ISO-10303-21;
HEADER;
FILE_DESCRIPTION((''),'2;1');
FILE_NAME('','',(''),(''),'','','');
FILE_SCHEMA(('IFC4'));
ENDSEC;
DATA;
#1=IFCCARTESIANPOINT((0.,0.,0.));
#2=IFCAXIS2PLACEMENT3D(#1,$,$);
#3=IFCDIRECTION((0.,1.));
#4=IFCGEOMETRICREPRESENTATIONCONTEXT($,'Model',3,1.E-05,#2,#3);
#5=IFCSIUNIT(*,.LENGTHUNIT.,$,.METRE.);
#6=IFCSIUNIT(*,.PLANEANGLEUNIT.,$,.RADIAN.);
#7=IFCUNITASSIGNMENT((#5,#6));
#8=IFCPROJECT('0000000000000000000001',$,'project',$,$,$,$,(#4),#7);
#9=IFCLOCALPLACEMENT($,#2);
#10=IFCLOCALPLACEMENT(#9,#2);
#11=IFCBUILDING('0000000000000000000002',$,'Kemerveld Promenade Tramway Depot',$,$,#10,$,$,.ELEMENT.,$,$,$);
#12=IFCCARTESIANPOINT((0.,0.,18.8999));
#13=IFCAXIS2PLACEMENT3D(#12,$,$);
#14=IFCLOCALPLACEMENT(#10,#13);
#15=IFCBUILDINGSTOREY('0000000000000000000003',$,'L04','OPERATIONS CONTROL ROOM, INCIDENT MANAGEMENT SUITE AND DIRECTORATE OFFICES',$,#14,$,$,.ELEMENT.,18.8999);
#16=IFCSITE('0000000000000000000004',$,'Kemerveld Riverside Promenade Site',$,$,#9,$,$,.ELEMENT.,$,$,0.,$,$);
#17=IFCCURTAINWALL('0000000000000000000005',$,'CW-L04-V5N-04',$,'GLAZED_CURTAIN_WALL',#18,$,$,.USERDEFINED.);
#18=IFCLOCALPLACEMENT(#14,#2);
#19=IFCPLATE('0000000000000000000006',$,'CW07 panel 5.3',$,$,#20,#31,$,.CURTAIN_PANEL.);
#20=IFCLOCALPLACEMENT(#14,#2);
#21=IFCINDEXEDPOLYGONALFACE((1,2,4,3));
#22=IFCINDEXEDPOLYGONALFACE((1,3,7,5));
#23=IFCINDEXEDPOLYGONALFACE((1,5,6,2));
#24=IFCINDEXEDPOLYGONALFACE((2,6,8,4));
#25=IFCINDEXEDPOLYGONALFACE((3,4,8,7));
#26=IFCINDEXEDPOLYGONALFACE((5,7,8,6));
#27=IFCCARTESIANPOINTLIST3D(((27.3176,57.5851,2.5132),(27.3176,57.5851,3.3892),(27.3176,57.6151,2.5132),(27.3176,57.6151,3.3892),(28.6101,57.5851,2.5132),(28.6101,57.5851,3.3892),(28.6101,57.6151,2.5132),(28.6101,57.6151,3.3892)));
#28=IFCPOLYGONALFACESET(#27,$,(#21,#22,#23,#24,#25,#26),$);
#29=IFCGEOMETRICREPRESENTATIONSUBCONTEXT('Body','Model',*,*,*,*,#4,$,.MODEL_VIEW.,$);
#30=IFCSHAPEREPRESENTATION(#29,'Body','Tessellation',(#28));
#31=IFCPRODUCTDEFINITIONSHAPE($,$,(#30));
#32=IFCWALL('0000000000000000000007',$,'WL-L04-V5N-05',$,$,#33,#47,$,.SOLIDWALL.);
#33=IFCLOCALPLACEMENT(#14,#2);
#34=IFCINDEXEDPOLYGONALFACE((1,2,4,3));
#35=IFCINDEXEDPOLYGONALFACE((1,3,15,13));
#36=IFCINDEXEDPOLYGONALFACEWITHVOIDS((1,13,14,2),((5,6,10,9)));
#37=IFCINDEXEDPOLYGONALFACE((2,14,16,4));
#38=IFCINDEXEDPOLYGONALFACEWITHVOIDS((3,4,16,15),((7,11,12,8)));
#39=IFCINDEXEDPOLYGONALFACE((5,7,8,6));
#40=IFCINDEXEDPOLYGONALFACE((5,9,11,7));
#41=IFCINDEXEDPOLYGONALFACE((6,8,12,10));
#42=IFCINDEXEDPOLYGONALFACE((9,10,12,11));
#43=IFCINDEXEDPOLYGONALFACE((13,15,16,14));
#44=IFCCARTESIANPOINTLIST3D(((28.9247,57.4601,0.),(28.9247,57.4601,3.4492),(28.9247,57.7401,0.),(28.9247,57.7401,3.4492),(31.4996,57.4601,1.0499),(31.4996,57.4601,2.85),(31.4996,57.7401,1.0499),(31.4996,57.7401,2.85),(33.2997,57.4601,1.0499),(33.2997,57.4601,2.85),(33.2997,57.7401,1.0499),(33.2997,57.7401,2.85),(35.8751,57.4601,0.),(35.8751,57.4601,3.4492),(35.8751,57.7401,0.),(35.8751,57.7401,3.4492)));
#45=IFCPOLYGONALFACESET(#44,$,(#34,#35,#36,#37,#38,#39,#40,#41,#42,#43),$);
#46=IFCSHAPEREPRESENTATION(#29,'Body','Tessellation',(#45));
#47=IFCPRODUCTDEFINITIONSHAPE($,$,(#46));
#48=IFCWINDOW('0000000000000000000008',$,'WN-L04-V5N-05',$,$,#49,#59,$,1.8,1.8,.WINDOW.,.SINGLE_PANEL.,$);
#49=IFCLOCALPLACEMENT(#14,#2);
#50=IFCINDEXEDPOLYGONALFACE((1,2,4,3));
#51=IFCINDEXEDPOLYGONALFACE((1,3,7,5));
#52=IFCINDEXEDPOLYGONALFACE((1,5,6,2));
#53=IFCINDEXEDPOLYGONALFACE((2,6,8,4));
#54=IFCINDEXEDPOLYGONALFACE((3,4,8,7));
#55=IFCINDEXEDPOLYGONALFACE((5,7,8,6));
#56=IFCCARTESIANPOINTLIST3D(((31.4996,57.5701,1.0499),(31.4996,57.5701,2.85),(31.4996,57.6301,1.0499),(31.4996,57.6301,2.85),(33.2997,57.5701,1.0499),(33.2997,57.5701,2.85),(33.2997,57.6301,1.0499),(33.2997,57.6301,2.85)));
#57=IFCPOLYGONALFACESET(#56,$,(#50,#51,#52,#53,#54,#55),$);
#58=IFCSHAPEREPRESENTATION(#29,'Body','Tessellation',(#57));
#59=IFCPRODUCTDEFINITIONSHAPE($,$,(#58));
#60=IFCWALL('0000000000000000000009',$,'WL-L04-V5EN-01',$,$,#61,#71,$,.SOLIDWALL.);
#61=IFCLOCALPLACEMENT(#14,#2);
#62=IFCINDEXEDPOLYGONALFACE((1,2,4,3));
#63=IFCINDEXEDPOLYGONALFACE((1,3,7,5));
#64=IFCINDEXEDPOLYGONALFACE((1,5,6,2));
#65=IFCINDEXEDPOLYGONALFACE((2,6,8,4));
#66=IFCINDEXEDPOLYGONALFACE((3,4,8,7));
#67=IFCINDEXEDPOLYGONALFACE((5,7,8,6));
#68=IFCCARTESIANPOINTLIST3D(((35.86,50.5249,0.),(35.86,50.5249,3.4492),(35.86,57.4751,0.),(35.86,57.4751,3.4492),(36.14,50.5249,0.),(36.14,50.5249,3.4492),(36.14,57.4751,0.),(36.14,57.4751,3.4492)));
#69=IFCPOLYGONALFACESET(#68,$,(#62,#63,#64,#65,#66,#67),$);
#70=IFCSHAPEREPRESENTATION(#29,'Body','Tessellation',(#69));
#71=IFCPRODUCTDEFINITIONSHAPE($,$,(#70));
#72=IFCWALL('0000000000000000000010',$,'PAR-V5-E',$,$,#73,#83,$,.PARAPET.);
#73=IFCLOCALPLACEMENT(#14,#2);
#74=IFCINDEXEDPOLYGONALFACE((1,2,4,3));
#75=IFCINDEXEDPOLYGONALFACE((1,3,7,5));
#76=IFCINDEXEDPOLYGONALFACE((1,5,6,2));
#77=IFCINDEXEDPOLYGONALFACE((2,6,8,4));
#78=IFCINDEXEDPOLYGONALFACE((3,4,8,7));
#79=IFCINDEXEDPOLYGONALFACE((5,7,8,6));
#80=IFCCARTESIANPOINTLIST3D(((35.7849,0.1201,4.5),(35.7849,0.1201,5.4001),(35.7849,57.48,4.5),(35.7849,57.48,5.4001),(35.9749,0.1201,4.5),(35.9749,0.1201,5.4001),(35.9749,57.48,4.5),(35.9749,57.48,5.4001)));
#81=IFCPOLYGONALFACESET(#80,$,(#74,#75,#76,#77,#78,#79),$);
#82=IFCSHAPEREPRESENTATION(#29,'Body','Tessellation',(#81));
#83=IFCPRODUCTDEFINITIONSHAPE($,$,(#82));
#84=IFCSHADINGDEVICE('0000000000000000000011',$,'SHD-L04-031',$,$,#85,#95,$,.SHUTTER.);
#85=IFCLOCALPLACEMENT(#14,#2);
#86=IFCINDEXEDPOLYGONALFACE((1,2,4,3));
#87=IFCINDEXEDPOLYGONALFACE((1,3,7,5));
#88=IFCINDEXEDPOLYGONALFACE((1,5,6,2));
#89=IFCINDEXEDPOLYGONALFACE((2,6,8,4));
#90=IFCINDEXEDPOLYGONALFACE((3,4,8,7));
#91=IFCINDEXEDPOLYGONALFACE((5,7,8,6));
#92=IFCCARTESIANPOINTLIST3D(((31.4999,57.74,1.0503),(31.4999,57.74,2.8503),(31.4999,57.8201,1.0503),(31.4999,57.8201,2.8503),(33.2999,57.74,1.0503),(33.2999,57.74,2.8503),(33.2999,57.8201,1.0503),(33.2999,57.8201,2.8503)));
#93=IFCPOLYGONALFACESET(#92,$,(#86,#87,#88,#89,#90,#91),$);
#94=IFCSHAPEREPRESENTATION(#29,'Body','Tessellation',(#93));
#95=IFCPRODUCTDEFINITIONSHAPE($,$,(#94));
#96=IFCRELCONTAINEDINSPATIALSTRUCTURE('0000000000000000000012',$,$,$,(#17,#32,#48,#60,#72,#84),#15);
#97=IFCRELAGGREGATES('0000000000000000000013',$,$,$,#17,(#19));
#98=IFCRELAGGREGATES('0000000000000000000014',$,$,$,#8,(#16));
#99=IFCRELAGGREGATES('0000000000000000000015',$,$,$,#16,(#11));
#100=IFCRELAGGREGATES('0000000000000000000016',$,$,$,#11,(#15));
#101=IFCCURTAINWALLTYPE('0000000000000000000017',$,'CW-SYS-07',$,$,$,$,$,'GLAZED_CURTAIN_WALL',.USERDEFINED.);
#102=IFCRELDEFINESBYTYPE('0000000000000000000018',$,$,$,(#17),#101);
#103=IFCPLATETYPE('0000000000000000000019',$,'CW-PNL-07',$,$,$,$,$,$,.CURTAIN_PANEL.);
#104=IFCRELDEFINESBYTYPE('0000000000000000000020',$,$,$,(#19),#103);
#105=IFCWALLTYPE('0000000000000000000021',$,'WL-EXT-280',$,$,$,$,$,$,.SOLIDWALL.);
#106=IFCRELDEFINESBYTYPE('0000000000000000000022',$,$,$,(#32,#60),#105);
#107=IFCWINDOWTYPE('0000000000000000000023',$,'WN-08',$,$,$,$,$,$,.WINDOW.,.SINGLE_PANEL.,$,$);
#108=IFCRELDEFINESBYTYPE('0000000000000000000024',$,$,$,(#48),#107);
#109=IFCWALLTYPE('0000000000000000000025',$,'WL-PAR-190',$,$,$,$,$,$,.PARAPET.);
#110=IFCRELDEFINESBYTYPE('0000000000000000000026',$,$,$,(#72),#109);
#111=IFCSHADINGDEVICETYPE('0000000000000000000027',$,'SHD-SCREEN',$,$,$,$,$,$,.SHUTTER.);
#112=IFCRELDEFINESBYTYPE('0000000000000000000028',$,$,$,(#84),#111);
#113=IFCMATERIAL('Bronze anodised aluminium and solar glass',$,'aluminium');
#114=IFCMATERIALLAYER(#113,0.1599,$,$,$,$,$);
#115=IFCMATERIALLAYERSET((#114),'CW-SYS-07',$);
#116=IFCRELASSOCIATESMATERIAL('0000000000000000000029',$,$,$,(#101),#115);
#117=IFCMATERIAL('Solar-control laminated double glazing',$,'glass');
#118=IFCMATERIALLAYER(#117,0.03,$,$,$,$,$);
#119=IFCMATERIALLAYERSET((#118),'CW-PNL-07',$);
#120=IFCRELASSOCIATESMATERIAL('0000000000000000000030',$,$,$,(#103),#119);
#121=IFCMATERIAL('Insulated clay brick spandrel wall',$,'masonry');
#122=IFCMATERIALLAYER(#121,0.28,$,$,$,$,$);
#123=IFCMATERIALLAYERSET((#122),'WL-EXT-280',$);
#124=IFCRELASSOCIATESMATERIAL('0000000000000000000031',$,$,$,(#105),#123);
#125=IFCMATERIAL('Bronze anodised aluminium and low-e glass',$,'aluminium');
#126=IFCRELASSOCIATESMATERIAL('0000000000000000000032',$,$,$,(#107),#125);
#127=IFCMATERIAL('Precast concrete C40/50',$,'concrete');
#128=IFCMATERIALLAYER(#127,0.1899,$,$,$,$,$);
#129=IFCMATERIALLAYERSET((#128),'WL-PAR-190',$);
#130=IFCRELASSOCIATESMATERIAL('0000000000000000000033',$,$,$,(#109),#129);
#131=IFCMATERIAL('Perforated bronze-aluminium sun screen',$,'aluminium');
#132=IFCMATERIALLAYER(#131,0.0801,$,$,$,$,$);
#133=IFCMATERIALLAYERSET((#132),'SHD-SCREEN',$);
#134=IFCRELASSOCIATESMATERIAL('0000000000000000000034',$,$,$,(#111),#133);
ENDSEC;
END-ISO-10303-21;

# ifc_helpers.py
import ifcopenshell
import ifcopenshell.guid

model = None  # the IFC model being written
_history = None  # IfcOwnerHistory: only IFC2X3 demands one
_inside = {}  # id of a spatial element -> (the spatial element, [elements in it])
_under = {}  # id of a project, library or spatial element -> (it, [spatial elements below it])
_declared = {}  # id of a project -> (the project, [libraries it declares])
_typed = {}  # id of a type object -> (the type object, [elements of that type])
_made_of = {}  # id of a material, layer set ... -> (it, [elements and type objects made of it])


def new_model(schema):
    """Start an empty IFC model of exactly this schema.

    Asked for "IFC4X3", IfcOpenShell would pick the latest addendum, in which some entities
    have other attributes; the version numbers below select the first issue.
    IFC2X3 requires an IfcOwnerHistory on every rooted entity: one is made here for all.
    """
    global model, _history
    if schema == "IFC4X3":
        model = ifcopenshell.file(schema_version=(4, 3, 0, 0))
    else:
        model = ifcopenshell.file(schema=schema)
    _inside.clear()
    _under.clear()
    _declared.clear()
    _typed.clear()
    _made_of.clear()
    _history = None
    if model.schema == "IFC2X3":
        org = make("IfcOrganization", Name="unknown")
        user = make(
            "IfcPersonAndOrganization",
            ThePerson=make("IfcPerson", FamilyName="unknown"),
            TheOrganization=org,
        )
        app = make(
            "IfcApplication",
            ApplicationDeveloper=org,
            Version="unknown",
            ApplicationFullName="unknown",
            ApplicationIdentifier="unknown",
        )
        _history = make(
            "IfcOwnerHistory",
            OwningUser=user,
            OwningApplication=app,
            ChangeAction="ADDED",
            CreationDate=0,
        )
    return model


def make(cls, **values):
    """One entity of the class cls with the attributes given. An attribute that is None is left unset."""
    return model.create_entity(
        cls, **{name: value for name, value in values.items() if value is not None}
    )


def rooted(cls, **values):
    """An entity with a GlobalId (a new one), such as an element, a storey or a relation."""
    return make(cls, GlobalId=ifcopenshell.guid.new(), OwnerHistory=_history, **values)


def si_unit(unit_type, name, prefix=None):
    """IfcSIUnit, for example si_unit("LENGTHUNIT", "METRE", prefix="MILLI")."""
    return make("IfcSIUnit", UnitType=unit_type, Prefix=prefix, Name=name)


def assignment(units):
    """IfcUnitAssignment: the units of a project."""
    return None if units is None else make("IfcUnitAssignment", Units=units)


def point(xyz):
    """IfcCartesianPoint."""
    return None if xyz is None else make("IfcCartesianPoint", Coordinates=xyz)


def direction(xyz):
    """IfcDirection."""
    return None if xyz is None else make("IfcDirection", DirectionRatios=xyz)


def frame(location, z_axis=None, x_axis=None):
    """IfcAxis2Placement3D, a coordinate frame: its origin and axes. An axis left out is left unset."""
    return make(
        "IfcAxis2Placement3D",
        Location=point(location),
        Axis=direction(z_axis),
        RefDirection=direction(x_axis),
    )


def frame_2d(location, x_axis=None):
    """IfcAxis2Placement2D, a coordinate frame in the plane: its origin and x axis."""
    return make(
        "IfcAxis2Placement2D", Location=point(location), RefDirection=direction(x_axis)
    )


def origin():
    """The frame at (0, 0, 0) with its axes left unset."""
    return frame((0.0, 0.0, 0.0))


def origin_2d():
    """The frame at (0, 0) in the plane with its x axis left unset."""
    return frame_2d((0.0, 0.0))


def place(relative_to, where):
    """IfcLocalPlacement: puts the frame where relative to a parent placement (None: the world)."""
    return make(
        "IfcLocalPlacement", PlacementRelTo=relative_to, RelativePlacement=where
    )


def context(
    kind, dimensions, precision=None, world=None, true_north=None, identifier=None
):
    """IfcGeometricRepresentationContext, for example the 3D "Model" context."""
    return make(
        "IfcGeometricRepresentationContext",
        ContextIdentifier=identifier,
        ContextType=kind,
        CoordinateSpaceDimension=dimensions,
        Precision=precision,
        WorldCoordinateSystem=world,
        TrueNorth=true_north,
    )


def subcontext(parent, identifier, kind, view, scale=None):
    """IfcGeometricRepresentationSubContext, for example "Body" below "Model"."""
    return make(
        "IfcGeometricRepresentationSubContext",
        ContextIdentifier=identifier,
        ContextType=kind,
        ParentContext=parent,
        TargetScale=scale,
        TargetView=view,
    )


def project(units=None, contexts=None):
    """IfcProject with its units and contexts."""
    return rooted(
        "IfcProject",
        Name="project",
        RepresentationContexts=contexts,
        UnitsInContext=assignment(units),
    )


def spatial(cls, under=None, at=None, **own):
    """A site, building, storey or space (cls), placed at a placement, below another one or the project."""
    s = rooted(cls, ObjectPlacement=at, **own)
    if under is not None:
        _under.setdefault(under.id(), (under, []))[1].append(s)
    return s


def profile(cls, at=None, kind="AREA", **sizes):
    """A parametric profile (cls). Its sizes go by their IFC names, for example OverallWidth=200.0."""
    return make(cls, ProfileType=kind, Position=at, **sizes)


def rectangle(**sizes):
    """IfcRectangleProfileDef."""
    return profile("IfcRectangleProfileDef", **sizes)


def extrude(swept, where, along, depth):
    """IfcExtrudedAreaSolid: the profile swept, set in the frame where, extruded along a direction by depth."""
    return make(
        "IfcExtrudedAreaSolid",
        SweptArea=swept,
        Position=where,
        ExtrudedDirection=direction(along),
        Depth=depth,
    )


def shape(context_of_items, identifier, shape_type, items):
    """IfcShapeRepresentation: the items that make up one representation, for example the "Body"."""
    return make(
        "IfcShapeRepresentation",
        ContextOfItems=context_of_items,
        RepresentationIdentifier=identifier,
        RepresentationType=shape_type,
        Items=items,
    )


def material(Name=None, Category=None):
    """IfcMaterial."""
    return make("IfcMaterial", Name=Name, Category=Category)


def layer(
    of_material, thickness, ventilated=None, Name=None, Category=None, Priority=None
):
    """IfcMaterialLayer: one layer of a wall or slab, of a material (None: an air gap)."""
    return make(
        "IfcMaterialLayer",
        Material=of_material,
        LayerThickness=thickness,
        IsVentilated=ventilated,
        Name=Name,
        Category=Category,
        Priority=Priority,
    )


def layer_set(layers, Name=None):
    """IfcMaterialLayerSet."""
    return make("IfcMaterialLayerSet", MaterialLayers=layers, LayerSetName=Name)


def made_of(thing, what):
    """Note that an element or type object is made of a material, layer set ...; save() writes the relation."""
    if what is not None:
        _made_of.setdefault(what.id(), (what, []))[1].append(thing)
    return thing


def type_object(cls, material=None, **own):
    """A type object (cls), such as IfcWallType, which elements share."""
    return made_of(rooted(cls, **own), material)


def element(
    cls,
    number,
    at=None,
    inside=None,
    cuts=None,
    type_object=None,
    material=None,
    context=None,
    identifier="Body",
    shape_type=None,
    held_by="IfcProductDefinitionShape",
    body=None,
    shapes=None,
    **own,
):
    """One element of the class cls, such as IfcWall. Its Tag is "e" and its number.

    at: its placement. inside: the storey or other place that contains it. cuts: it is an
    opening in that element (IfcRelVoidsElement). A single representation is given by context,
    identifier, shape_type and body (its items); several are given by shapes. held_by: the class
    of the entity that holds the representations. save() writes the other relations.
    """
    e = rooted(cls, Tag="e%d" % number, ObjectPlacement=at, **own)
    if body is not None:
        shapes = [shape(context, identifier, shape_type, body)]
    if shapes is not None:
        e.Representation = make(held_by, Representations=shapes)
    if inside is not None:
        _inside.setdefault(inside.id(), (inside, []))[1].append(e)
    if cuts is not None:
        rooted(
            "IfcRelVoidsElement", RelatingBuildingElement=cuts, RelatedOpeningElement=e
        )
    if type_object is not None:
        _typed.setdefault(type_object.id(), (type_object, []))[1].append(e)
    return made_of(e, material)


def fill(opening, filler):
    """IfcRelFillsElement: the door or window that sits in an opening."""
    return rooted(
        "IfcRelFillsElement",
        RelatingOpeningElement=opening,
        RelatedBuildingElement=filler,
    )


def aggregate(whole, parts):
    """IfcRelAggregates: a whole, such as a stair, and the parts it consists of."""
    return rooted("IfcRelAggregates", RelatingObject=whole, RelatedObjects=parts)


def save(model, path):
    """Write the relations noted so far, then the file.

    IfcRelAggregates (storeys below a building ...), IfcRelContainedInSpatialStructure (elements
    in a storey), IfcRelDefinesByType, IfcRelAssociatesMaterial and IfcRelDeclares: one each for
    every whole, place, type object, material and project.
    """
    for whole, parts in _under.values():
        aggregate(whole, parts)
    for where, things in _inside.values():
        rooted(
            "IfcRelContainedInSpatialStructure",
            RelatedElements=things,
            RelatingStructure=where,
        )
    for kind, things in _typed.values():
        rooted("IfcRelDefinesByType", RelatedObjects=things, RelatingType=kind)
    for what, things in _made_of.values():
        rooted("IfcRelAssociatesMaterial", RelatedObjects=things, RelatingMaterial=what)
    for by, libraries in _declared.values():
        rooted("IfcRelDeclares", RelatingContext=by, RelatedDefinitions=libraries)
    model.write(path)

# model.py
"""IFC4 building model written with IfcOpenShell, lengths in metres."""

from ifc_helpers import new_model, si_unit, direction, frame, frame_2d, origin, origin_2d, place, context, subcontext, project, spatial, rectangle, extrude, material, layer, layer_set, type_object, element, fill, aggregate, save


model = new_model("IFC4")

# Units and contexts
model_context = context("Model", 3, precision=1e-05, world=origin(), true_north=direction((0.0, 1.0)))
body_context = subcontext(model_context, "Body", "Model", "MODEL_VIEW")
ifc_project = project(units=[si_unit("LENGTHUNIT", "METRE"), si_unit("PLANEANGLEUNIT", "RADIAN")], contexts=[model_context])

# Site, building, storey
site_placement = place(None, origin())
site = spatial("IfcSite", under=ifc_project, at=site_placement, Name="Kemerveld Riverside Promenade Site", CompositionType="ELEMENT", RefElevation=0.0)
building_placement = place(site_placement, origin())
building = spatial("IfcBuilding", under=site, at=building_placement, Name="Kemerveld Promenade Tramway Depot", CompositionType="ELEMENT")
storey_placement = place(building_placement, frame((0.0, 0.0, 18.8999)))
storey = spatial("IfcBuildingStorey", under=building, at=storey_placement, Name="L04", Description="OPERATIONS CONTROL ROOM, INCIDENT MANAGEMENT SUITE AND DIRECTORATE OFFICES", CompositionType="ELEMENT", Elevation=18.8999)

# Curtain wall
ifc_material_1 = material(Name="Bronze anodised aluminium and solar glass", Category="aluminium")
ifc_layer_1 = layer(ifc_material_1, 0.1599)
ifc_layer_set_1 = layer_set([ifc_layer_1], Name="CW-SYS-07")
curtain_wall_type_1 = type_object("IfcCurtainWallType", Name="CW-SYS-07", ElementType="GLAZED_CURTAIN_WALL", PredefinedType="USERDEFINED", material=ifc_layer_set_1)
curtain_wall_1_placement = place(storey_placement, origin())
curtain_wall_1 = element("IfcCurtainWall", 1, at=curtain_wall_1_placement, inside=storey, type_object=curtain_wall_type_1, Name="CW-L04-V5N-04", ObjectType="GLAZED_CURTAIN_WALL", PredefinedType="USERDEFINED")

# Plate
ifc_material_2 = material(Name="Solar-control laminated double glazing", Category="glass")
ifc_layer_2 = layer(ifc_material_2, 0.03)
ifc_layer_set_2 = layer_set([ifc_layer_2], Name="CW-PNL-07")
plate_type_1 = type_object("IfcPlateType", Name="CW-PNL-07", PredefinedType="CURTAIN_PANEL", material=ifc_layer_set_2)
plate_1_placement = place(storey_placement, frame((27.9639, 57.6001, 2.5132), z_axis=(0.0, 0.0, 1.0), x_axis=(1.0, 0.0, 0.0)))
plate_1 = element("IfcPlate", 2, at=plate_1_placement, type_object=plate_type_1, Name="CW07 panel 5.3", PredefinedType="CURTAIN_PANEL", context=body_context, shape_type="SweptSolid", body=[
    extrude(rectangle(XDim=1.2925, YDim=0.03, at=origin_2d()), origin(), (0.0, 0.0, 1.0), 0.876),
])
aggregate(curtain_wall_1, [plate_1])

# Wall, opening, window
ifc_material_3 = material(Name="Insulated clay brick spandrel wall", Category="masonry")
ifc_layer_3 = layer(ifc_material_3, 0.28)
ifc_layer_set_3 = layer_set([ifc_layer_3], Name="WL-EXT-280")
wall_type_1 = type_object("IfcWallType", Name="WL-EXT-280", PredefinedType="SOLIDWALL", material=ifc_layer_set_3)
wall_1_placement = place(storey_placement, frame((28.9248, 57.6001, 0.0), z_axis=(0.0, 0.0, 1.0), x_axis=(1.0, 0.0, 0.0)))
wall_1 = element("IfcWall", 3, at=wall_1_placement, inside=storey, type_object=wall_type_1, Name="WL-L04-V5N-05", PredefinedType="SOLIDWALL", context=body_context, shape_type="SweptSolid", body=[
    extrude(rectangle(XDim=6.9504, YDim=0.28, at=frame_2d((3.4751, 0.0))), origin(), (0.0, 0.0, 1.0), 3.4492),
])
opening_placement = place(wall_1_placement, frame((2.575, 0.0, 1.05)))
opening = element("IfcOpeningElement", 4, at=opening_placement, cuts=wall_1, PredefinedType="OPENING", context=body_context, shape_type="SweptSolid", body=[
    extrude(rectangle(XDim=1.8, YDim=1.8, at=frame_2d((0.8999, 0.8999))), frame((0.0, 0.1499, 0.0), z_axis=(0.0, -1.0, 0.0), x_axis=(1.0, 0.0, 0.0)), (0.0, 0.0, 1.0), 0.3),
])
ifc_material_4 = material(Name="Bronze anodised aluminium and low-e glass", Category="aluminium")
window_type = type_object("IfcWindowType", Name="WN-08", PartitioningType="SINGLE_PANEL", PredefinedType="WINDOW", material=ifc_material_4)
window_placement = place(opening_placement, origin())
window = element("IfcWindow", 5, at=window_placement, inside=storey, type_object=window_type, Name="WN-L04-V5N-05", OverallHeight=1.8, OverallWidth=1.8, PartitioningType="SINGLE_PANEL", PredefinedType="WINDOW", context=body_context, shape_type="SweptSolid", body=[
    extrude(rectangle(XDim=1.8, YDim=1.8, at=frame_2d((0.8999, 0.8999))), frame((0.0, 0.03, 0.0), z_axis=(0.0, -1.0, 0.0), x_axis=(1.0, 0.0, 0.0)), (0.0, 0.0, 1.0), 0.0601),
])
fill(opening, window)

# Walls
wall_2_placement = place(storey_placement, frame((36.0, 57.4751, 0.0), z_axis=(0.0, 0.0, 1.0), x_axis=(0.0, -1.0, 0.0)))
element("IfcWall", 6, at=wall_2_placement, inside=storey, type_object=wall_type_1, Name="WL-L04-V5EN-01", PredefinedType="SOLIDWALL", context=body_context, shape_type="SweptSolid", body=[
    extrude(rectangle(XDim=6.9502, YDim=0.28, at=frame_2d((3.4751, 0.0))), origin(), (0.0, 0.0, 1.0), 3.4492),
])
ifc_material_5 = material(Name="Precast concrete C40/50", Category="concrete")
ifc_layer_4 = layer(ifc_material_5, 0.1899)
ifc_layer_set_4 = layer_set([ifc_layer_4], Name="WL-PAR-190")
wall_type_2 = type_object("IfcWallType", Name="WL-PAR-190", PredefinedType="PARAPET", material=ifc_layer_set_4)
wall_3_placement = place(storey_placement, frame((35.8799, 57.48, 4.5), z_axis=(0.0, 0.0, 1.0), x_axis=(0.0, -1.0, 0.0)))
element("IfcWall", 7, at=wall_3_placement, inside=storey, type_object=wall_type_2, Name="PAR-V5-E", PredefinedType="PARAPET", context=body_context, shape_type="SweptSolid", body=[
    extrude(rectangle(XDim=57.3599, YDim=0.1899, at=frame_2d((28.6799, 0.0))), origin(), (0.0, 0.0, 1.0), 0.9001),
])

# Shading device
ifc_material_6 = material(Name="Perforated bronze-aluminium sun screen", Category="aluminium")
ifc_layer_5 = layer(ifc_material_6, 0.0801)
ifc_layer_set_5 = layer_set([ifc_layer_5], Name="SHD-SCREEN")
shading_device_type = type_object("IfcShadingDeviceType", Name="SHD-SCREEN", PredefinedType="SHUTTER", material=ifc_layer_set_5)
shading_device_placement = place(storey_placement, frame((32.3999, 57.78, 1.0503), z_axis=(0.0, 0.0, 1.0), x_axis=(1.0, 0.0, 0.0)))
element("IfcShadingDevice", 8, at=shading_device_placement, inside=storey, type_object=shading_device_type, Name="SHD-L04-031", PredefinedType="SHUTTER", context=body_context, shape_type="SweptSolid", body=[
    extrude(rectangle(XDim=1.8, YDim=0.0801, at=origin_2d()), origin(), (0.0, 0.0, 1.0), 1.8),
])

save(model, "model.ifc")
